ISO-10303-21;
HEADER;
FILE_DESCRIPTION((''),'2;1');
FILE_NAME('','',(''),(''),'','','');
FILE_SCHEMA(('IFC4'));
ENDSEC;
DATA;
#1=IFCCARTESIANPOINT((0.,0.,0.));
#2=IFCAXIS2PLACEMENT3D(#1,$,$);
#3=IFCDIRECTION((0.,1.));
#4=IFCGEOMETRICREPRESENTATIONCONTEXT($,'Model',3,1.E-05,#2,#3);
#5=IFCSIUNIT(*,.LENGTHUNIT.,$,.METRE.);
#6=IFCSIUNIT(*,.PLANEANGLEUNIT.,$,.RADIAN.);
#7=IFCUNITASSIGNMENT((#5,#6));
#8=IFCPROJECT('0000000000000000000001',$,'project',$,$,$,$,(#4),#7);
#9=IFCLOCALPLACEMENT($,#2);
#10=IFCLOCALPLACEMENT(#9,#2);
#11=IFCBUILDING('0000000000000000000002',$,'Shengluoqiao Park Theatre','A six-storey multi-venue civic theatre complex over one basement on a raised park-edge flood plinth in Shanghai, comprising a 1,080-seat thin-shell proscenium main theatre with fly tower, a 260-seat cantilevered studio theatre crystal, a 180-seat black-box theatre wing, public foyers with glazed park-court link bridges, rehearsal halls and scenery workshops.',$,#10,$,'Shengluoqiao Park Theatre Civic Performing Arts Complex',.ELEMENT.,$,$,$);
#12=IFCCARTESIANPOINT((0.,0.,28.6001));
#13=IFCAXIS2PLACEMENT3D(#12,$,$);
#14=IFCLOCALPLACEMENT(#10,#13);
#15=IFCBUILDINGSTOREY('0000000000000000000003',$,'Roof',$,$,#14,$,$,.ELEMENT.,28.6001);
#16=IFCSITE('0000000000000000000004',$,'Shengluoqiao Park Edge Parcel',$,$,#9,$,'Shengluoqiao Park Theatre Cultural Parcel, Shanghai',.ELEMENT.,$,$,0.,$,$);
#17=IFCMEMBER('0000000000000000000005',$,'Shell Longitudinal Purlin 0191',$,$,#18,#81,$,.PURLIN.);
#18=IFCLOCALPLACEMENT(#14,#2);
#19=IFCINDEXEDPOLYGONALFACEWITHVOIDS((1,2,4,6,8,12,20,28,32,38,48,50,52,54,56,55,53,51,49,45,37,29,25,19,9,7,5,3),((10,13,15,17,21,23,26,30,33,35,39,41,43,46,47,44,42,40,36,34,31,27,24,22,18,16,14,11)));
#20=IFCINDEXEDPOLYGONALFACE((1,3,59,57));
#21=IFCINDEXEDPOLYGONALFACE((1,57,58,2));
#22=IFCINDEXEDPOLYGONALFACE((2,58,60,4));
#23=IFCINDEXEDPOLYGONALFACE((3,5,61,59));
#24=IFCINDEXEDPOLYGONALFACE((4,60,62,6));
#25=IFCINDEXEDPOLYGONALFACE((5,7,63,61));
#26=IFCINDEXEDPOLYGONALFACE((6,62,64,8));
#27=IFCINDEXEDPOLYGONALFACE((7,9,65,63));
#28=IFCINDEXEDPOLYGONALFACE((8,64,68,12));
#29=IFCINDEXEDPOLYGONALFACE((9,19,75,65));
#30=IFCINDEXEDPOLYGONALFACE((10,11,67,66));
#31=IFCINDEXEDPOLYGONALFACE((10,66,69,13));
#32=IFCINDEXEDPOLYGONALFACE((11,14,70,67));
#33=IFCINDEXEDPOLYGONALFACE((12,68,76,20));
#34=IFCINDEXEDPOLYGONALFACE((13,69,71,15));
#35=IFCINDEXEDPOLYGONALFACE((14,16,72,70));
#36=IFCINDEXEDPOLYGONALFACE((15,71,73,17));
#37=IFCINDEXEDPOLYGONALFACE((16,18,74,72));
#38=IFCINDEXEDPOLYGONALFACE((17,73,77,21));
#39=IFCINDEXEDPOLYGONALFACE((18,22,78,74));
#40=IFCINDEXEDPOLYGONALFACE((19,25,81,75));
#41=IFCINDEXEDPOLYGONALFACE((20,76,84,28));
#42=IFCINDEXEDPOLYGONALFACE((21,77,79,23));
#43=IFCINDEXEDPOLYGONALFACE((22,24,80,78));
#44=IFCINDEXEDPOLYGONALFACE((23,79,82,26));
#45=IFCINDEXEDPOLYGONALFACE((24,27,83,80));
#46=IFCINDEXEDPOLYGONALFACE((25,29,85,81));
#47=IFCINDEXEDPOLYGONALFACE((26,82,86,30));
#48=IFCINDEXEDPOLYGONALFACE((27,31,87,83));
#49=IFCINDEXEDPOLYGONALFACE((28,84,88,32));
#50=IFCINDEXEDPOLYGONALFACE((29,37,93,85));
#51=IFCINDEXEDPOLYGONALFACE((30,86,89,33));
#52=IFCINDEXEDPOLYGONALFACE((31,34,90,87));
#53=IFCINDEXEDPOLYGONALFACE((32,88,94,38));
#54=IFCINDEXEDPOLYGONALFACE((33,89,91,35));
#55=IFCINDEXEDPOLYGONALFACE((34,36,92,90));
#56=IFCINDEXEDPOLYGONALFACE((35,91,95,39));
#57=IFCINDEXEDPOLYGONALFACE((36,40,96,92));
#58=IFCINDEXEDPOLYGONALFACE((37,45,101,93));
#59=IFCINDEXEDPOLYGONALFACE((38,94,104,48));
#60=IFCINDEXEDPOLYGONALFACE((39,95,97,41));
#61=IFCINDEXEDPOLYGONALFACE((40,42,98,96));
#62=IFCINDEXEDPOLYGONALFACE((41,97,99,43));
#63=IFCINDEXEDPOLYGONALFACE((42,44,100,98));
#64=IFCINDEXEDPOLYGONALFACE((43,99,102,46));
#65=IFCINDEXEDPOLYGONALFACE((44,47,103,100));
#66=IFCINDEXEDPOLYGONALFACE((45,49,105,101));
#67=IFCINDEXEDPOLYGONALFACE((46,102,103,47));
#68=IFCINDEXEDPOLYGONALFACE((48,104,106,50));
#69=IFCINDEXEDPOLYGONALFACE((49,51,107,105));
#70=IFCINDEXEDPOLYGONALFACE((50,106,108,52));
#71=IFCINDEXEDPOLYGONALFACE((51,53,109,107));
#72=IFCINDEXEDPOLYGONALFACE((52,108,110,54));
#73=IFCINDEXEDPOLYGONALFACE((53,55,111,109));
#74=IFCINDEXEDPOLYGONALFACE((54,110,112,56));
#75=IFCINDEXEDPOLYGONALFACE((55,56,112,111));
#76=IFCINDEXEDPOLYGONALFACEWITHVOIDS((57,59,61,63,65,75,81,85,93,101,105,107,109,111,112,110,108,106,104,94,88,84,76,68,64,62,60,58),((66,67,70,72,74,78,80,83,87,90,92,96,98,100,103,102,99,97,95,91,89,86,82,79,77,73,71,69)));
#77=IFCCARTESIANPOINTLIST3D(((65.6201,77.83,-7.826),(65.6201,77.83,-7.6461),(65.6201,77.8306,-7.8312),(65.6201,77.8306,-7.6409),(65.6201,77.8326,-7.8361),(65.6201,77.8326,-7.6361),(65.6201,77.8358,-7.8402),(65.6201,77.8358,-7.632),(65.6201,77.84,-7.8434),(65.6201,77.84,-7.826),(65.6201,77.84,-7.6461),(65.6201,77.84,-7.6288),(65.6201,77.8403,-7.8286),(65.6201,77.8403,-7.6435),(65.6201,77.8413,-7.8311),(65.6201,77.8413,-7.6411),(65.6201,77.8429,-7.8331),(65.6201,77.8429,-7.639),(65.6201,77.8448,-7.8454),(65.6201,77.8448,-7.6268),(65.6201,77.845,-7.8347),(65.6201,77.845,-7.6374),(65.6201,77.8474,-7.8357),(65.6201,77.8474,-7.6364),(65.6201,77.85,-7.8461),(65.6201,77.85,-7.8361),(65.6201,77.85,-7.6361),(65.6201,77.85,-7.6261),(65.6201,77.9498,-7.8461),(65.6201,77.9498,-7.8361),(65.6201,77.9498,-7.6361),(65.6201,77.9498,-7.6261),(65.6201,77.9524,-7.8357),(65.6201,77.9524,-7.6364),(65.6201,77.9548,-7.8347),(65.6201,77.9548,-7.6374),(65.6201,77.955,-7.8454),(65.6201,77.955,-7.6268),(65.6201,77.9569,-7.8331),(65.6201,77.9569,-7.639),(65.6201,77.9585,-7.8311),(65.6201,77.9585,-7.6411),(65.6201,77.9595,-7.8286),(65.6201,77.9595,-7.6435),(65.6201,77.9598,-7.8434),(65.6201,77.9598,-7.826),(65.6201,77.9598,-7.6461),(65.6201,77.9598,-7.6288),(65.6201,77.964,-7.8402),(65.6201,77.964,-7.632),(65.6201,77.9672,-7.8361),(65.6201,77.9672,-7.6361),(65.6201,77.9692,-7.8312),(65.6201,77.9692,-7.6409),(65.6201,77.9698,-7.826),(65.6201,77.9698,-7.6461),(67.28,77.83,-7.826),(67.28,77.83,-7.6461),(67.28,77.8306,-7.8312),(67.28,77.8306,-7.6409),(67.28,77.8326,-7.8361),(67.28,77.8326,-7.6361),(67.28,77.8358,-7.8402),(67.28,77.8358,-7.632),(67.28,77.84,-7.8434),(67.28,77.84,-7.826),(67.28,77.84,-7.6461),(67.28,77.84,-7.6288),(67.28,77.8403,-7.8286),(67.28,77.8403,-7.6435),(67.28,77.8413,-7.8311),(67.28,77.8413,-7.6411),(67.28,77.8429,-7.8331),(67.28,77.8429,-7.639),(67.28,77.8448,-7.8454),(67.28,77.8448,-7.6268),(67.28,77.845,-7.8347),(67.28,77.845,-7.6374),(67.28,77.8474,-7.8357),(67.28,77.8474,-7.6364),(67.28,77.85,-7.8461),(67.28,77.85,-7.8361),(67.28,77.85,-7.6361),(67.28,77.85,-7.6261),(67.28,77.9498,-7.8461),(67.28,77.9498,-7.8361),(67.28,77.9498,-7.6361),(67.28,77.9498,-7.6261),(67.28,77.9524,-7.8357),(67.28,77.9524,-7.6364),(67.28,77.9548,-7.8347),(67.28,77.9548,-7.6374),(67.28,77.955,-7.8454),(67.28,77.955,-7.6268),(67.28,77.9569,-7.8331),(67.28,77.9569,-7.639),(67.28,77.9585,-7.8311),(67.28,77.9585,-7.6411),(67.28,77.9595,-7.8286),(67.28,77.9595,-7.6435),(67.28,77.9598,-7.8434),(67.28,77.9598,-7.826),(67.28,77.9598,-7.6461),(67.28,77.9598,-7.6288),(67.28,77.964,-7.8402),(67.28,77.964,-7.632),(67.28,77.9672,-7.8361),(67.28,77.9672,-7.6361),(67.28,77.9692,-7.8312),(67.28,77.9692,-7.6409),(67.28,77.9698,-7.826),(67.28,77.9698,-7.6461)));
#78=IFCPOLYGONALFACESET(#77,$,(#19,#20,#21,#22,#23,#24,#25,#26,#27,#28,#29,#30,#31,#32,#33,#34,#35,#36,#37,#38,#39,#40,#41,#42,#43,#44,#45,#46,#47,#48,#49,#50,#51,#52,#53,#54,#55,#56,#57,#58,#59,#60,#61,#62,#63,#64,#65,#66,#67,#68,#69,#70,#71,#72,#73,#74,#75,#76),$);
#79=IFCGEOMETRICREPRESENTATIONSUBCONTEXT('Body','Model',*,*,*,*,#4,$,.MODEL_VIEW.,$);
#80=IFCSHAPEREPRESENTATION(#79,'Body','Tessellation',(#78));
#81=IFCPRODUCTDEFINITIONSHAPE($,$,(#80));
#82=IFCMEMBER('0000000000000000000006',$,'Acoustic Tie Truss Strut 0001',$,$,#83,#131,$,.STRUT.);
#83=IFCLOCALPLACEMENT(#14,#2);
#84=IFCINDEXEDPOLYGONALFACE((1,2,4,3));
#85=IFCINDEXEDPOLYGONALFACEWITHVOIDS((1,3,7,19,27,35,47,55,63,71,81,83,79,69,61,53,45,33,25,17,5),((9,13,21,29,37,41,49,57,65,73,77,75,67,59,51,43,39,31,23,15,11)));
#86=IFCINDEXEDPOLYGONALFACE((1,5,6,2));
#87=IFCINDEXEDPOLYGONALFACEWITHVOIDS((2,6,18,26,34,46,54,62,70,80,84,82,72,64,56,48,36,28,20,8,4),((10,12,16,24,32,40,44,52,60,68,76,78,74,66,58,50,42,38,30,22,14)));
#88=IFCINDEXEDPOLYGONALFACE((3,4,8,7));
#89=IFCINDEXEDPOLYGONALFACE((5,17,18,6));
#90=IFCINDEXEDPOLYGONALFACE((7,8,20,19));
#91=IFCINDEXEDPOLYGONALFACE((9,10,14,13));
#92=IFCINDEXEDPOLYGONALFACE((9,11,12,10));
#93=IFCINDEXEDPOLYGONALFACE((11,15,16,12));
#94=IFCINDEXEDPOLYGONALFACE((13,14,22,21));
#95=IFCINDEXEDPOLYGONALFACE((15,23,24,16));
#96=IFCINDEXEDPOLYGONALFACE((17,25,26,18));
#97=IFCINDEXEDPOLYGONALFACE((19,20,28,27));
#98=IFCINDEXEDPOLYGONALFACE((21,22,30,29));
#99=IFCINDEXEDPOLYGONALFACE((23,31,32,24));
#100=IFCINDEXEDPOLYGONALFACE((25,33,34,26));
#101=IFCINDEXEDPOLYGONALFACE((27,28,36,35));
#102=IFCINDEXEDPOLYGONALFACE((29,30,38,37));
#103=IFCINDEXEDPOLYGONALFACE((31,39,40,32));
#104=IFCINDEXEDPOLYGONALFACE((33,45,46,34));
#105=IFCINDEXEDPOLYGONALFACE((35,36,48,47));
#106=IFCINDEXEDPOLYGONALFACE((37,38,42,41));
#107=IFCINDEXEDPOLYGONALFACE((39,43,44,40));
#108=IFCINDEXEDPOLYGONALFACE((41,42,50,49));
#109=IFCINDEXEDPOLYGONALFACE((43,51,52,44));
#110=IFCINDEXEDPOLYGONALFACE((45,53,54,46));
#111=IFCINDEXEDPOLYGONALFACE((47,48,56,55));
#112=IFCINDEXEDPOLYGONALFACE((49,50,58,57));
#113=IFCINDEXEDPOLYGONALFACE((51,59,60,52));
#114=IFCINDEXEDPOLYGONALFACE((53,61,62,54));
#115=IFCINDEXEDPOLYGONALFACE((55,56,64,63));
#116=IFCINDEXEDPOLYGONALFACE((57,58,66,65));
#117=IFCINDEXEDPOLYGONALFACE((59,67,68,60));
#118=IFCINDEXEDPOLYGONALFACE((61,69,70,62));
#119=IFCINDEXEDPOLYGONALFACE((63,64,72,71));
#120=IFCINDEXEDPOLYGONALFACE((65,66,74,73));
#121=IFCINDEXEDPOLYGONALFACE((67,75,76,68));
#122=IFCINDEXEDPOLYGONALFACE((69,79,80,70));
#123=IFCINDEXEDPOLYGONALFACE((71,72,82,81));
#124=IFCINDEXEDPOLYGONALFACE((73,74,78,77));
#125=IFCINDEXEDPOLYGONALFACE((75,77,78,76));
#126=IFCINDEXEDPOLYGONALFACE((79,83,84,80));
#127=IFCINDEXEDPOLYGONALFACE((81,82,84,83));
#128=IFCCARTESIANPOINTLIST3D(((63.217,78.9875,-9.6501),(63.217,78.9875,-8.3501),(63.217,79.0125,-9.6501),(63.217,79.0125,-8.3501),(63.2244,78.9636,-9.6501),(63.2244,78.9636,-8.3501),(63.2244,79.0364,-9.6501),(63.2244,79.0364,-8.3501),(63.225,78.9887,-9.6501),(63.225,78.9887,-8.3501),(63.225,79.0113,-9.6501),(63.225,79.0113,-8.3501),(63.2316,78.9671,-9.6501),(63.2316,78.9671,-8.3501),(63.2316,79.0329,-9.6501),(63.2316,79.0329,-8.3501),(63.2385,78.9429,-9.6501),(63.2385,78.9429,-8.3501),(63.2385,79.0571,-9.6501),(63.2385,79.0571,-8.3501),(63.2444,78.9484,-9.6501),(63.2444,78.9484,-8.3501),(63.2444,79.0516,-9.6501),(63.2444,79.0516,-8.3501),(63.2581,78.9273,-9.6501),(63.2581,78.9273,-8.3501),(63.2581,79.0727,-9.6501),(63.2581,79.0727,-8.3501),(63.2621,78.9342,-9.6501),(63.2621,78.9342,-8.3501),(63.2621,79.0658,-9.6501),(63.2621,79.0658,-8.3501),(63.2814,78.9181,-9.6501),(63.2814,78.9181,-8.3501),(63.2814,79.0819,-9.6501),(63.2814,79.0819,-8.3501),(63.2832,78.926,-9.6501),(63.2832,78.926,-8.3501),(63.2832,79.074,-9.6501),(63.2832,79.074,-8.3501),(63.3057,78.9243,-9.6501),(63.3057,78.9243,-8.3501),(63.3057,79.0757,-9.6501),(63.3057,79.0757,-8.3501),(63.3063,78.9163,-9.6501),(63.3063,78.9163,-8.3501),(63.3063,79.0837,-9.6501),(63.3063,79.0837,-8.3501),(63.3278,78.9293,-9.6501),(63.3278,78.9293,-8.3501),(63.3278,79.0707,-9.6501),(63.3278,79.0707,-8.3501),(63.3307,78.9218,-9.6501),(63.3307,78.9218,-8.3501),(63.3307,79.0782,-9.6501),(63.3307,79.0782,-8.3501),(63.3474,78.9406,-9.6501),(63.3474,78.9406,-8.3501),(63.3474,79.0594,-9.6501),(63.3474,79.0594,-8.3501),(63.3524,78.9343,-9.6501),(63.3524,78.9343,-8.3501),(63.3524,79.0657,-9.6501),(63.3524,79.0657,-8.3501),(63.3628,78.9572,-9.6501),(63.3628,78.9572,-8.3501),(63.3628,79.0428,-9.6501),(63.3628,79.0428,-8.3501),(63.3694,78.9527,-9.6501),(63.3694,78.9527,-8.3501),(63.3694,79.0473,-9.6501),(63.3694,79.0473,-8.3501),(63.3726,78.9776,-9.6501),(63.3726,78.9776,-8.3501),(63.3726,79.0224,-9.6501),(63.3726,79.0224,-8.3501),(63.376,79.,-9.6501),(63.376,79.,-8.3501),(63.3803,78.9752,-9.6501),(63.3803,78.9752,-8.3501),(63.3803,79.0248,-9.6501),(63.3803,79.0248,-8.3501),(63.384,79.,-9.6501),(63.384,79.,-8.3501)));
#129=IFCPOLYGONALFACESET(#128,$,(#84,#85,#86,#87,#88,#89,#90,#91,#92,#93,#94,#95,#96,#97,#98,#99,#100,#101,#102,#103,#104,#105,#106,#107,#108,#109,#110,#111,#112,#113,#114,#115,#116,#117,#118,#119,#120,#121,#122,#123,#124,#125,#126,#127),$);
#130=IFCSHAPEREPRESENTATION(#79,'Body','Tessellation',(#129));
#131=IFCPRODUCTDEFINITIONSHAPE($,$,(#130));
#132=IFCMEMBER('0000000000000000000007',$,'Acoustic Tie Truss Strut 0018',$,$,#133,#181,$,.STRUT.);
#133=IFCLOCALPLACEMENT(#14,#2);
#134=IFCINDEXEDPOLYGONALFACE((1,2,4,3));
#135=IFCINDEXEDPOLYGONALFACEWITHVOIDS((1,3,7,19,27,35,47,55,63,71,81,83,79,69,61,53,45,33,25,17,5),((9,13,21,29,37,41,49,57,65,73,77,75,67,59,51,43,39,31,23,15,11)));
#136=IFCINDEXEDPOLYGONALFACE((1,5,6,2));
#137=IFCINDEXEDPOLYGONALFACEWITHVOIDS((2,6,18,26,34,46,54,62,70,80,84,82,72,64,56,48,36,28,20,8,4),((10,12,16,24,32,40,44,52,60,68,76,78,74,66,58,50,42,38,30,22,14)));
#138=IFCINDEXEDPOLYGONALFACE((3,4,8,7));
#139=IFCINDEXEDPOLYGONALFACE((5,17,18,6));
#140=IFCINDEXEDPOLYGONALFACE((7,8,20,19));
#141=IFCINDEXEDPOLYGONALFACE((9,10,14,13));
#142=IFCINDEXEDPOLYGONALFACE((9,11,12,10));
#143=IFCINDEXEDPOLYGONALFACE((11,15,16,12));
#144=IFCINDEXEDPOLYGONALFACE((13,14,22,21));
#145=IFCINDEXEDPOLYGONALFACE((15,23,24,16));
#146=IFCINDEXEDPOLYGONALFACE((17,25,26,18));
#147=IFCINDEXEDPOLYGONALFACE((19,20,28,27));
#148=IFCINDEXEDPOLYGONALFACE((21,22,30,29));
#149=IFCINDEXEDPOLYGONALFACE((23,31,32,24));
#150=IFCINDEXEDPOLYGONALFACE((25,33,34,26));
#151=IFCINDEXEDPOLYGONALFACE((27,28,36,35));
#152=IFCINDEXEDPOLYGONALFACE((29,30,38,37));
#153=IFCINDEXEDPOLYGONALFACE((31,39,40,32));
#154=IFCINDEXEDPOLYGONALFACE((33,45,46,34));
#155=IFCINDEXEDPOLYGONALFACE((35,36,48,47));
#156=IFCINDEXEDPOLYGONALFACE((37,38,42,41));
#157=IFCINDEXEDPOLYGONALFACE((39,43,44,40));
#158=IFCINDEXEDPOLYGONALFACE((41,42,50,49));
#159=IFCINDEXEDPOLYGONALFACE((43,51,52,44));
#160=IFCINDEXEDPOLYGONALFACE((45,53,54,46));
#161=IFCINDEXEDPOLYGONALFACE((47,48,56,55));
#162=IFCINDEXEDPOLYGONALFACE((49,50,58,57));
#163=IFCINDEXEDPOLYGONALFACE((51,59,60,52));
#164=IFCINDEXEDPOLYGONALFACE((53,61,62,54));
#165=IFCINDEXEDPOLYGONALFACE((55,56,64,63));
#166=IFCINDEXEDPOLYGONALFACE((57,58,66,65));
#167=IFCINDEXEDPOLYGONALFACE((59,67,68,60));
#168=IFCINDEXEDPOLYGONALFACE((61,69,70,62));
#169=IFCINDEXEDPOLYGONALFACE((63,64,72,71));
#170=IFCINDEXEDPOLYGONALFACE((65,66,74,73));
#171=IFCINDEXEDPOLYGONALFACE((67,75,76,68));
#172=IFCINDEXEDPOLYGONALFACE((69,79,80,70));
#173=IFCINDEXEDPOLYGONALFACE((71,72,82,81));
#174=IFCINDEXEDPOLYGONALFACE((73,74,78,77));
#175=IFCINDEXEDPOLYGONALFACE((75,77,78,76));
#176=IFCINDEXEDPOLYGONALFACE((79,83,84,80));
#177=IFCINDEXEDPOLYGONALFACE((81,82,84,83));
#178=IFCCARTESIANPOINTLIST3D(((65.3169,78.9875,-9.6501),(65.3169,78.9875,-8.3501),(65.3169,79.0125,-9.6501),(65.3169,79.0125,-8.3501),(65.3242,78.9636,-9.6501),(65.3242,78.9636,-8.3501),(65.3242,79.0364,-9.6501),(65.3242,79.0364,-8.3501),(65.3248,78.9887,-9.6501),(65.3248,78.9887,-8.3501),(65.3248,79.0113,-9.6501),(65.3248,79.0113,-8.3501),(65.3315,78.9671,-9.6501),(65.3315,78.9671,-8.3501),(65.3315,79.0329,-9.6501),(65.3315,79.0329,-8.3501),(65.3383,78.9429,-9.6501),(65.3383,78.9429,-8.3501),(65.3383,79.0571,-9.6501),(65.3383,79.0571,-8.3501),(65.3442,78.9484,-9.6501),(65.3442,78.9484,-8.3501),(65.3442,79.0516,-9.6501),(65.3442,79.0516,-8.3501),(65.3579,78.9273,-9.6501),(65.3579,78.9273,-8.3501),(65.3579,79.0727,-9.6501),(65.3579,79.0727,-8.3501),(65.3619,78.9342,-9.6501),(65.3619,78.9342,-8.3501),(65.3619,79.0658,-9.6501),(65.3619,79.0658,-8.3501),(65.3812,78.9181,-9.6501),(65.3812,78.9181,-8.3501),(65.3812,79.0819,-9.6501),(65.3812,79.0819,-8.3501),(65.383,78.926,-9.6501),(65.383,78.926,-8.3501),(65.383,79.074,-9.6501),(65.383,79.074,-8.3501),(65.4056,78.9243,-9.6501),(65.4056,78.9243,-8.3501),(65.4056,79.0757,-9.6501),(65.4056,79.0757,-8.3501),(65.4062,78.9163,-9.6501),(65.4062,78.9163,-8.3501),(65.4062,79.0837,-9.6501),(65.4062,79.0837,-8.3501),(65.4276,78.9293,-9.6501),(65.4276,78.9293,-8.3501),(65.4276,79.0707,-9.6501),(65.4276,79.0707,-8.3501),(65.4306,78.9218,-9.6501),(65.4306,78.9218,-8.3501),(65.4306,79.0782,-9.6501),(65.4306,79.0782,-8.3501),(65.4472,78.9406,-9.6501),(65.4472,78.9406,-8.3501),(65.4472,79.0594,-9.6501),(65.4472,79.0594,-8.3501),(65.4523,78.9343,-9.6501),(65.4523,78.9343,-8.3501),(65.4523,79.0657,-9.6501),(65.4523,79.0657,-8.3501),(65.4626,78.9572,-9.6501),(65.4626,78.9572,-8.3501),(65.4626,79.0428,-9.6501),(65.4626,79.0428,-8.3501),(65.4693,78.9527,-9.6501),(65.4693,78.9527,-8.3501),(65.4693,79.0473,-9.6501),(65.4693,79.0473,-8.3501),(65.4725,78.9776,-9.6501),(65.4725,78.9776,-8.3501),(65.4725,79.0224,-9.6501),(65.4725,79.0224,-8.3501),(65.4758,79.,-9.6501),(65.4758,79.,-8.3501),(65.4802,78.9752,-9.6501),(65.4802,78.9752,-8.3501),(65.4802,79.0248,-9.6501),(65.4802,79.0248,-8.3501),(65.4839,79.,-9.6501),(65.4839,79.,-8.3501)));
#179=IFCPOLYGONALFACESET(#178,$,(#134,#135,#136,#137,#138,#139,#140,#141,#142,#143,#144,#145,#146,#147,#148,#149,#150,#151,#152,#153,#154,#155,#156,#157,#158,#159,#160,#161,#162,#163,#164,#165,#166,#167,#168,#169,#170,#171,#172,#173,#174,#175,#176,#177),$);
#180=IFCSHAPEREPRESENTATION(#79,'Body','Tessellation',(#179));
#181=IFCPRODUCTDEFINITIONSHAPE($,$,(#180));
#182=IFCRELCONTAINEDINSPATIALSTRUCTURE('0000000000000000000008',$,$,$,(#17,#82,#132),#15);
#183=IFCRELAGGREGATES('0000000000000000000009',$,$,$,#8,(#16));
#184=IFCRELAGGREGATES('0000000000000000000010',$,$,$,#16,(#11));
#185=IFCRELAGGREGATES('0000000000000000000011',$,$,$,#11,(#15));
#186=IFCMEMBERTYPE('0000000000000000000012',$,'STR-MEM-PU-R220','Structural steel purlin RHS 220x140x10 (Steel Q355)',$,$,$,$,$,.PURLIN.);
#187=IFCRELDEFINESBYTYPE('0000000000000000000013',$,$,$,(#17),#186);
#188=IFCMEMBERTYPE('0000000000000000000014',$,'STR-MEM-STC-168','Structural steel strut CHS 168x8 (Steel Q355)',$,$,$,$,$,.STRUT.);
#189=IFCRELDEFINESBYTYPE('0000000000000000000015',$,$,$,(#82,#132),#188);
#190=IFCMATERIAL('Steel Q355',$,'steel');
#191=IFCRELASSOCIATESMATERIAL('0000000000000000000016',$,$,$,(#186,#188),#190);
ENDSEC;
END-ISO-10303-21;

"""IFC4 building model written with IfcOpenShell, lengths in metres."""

from ifc_helpers import new_model, si_unit, direction, frame, origin, origin_2d, place, context, subcontext, project, spatial, hollow_rectangle, hollow_circle, extrude, material, material_profile, profile_set, type_object, element, save


model = new_model("IFC4")

# Units and contexts
model_context = context("Model", 3, precision=1e-05, world=origin(), true_north=direction((0.0, 1.0)))
body_context = subcontext(model_context, "Body", "Model", "MODEL_VIEW")
ifc_project = project(units=[si_unit("LENGTHUNIT", "METRE"), si_unit("PLANEANGLEUNIT", "RADIAN")], contexts=[model_context])

# Site, building, storey
site_placement = place(None, origin())
site = spatial("IfcSite", under=ifc_project, at=site_placement, Name="Shengluoqiao Park Edge Parcel", LongName="Shengluoqiao Park Theatre Cultural Parcel, Shanghai", CompositionType="ELEMENT", RefElevation=0.0)
building_placement = place(site_placement, origin())
building = spatial("IfcBuilding", under=site, at=building_placement, Name="Shengluoqiao Park Theatre", Description="A six-storey multi-venue civic theatre complex over one basement on a raised park-edge flood plinth in Shanghai, comprising a 1,080-seat thin-shell proscenium main theatre with fly tower, a 260-seat cantilevered studio theatre crystal, a 180-seat black-box theatre wing, public foyers with glazed park-court link bridges, rehearsal halls and scenery workshops.", LongName="Shengluoqiao Park Theatre Civic Performing Arts Complex", CompositionType="ELEMENT")
storey_placement = place(building_placement, frame((0.0, 0.0, 28.6001)))
storey = spatial("IfcBuildingStorey", under=building, at=storey_placement, Name="Roof", CompositionType="ELEMENT", Elevation=28.6001)

# Shared definitions
ifc_material_1 = material(Name="Steel Q355", Category="steel")

# Members
ifc_material_profile_1 = material_profile(ifc_material_1, hollow_rectangle(XDim=0.1399, YDim=0.22, WallThickness=0.01, InnerFilletRadius=0.01, OuterFilletRadius=0.02, at=origin_2d()), Name="RHS 220x140x10")
ifc_profile_set_1 = profile_set([ifc_material_profile_1], Name="Steel Q355")
member_type_1 = type_object("IfcMemberType", Name="STR-MEM-PU-R220", Description="Structural steel purlin RHS 220x140x10 (Steel Q355)", PredefinedType="PURLIN", material=ifc_profile_set_1)
for number, where, z_axis, x_axis, name in (
    (1, (65.6201, 77.8999, -7.7361), (1.0, 0.0, 0.0), (0.0, 1.0, 0.0), "Shell Longitudinal Purlin 0191"),
):
    element("IfcMember", number, at=place(storey_placement, frame(where, z_axis=z_axis, x_axis=x_axis)), inside=storey, type_object=member_type_1, Name=name, PredefinedType="PURLIN", context=body_context, shape_type="SweptSolid", body=[
        extrude(hollow_rectangle(XDim=0.1399, YDim=0.22, WallThickness=0.01, InnerFilletRadius=0.01, OuterFilletRadius=0.02, at=origin_2d()), origin(), (0.0, 0.0, 1.0), 1.6599),
    ])
ifc_material_profile_2 = material_profile(ifc_material_1, hollow_circle(Radius=0.084, WallThickness=0.0081, at=origin_2d()), Name="CHS 168x8")
ifc_profile_set_2 = profile_set([ifc_material_profile_2], Name="Steel Q355")
member_type_2 = type_object("IfcMemberType", Name="STR-MEM-STC-168", Description="Structural steel strut CHS 168x8 (Steel Q355)", PredefinedType="STRUT", material=ifc_profile_set_2)
for number, where, z_axis, x_axis, name in (
    (2, (63.3, 79.0, -9.6501), (0.0, 0.0, 1.0), (1.0, 0.0, 0.0), "Acoustic Tie Truss Strut 0001"),
    (3, (65.3999, 79.0, -9.6501), (0.0, 0.0, 1.0), (1.0, 0.0, 0.0), "Acoustic Tie Truss Strut 0018"),
):
    element("IfcMember", number, at=place(storey_placement, frame(where, z_axis=z_axis, x_axis=x_axis)), inside=storey, type_object=member_type_2, Name=name, PredefinedType="STRUT", context=body_context, shape_type="SweptSolid", body=[
        extrude(hollow_circle(Radius=0.084, WallThickness=0.0081, at=origin_2d()), origin(), (0.0, 0.0, 1.0), 1.3),
    ])

save(model, "model.ifc")
